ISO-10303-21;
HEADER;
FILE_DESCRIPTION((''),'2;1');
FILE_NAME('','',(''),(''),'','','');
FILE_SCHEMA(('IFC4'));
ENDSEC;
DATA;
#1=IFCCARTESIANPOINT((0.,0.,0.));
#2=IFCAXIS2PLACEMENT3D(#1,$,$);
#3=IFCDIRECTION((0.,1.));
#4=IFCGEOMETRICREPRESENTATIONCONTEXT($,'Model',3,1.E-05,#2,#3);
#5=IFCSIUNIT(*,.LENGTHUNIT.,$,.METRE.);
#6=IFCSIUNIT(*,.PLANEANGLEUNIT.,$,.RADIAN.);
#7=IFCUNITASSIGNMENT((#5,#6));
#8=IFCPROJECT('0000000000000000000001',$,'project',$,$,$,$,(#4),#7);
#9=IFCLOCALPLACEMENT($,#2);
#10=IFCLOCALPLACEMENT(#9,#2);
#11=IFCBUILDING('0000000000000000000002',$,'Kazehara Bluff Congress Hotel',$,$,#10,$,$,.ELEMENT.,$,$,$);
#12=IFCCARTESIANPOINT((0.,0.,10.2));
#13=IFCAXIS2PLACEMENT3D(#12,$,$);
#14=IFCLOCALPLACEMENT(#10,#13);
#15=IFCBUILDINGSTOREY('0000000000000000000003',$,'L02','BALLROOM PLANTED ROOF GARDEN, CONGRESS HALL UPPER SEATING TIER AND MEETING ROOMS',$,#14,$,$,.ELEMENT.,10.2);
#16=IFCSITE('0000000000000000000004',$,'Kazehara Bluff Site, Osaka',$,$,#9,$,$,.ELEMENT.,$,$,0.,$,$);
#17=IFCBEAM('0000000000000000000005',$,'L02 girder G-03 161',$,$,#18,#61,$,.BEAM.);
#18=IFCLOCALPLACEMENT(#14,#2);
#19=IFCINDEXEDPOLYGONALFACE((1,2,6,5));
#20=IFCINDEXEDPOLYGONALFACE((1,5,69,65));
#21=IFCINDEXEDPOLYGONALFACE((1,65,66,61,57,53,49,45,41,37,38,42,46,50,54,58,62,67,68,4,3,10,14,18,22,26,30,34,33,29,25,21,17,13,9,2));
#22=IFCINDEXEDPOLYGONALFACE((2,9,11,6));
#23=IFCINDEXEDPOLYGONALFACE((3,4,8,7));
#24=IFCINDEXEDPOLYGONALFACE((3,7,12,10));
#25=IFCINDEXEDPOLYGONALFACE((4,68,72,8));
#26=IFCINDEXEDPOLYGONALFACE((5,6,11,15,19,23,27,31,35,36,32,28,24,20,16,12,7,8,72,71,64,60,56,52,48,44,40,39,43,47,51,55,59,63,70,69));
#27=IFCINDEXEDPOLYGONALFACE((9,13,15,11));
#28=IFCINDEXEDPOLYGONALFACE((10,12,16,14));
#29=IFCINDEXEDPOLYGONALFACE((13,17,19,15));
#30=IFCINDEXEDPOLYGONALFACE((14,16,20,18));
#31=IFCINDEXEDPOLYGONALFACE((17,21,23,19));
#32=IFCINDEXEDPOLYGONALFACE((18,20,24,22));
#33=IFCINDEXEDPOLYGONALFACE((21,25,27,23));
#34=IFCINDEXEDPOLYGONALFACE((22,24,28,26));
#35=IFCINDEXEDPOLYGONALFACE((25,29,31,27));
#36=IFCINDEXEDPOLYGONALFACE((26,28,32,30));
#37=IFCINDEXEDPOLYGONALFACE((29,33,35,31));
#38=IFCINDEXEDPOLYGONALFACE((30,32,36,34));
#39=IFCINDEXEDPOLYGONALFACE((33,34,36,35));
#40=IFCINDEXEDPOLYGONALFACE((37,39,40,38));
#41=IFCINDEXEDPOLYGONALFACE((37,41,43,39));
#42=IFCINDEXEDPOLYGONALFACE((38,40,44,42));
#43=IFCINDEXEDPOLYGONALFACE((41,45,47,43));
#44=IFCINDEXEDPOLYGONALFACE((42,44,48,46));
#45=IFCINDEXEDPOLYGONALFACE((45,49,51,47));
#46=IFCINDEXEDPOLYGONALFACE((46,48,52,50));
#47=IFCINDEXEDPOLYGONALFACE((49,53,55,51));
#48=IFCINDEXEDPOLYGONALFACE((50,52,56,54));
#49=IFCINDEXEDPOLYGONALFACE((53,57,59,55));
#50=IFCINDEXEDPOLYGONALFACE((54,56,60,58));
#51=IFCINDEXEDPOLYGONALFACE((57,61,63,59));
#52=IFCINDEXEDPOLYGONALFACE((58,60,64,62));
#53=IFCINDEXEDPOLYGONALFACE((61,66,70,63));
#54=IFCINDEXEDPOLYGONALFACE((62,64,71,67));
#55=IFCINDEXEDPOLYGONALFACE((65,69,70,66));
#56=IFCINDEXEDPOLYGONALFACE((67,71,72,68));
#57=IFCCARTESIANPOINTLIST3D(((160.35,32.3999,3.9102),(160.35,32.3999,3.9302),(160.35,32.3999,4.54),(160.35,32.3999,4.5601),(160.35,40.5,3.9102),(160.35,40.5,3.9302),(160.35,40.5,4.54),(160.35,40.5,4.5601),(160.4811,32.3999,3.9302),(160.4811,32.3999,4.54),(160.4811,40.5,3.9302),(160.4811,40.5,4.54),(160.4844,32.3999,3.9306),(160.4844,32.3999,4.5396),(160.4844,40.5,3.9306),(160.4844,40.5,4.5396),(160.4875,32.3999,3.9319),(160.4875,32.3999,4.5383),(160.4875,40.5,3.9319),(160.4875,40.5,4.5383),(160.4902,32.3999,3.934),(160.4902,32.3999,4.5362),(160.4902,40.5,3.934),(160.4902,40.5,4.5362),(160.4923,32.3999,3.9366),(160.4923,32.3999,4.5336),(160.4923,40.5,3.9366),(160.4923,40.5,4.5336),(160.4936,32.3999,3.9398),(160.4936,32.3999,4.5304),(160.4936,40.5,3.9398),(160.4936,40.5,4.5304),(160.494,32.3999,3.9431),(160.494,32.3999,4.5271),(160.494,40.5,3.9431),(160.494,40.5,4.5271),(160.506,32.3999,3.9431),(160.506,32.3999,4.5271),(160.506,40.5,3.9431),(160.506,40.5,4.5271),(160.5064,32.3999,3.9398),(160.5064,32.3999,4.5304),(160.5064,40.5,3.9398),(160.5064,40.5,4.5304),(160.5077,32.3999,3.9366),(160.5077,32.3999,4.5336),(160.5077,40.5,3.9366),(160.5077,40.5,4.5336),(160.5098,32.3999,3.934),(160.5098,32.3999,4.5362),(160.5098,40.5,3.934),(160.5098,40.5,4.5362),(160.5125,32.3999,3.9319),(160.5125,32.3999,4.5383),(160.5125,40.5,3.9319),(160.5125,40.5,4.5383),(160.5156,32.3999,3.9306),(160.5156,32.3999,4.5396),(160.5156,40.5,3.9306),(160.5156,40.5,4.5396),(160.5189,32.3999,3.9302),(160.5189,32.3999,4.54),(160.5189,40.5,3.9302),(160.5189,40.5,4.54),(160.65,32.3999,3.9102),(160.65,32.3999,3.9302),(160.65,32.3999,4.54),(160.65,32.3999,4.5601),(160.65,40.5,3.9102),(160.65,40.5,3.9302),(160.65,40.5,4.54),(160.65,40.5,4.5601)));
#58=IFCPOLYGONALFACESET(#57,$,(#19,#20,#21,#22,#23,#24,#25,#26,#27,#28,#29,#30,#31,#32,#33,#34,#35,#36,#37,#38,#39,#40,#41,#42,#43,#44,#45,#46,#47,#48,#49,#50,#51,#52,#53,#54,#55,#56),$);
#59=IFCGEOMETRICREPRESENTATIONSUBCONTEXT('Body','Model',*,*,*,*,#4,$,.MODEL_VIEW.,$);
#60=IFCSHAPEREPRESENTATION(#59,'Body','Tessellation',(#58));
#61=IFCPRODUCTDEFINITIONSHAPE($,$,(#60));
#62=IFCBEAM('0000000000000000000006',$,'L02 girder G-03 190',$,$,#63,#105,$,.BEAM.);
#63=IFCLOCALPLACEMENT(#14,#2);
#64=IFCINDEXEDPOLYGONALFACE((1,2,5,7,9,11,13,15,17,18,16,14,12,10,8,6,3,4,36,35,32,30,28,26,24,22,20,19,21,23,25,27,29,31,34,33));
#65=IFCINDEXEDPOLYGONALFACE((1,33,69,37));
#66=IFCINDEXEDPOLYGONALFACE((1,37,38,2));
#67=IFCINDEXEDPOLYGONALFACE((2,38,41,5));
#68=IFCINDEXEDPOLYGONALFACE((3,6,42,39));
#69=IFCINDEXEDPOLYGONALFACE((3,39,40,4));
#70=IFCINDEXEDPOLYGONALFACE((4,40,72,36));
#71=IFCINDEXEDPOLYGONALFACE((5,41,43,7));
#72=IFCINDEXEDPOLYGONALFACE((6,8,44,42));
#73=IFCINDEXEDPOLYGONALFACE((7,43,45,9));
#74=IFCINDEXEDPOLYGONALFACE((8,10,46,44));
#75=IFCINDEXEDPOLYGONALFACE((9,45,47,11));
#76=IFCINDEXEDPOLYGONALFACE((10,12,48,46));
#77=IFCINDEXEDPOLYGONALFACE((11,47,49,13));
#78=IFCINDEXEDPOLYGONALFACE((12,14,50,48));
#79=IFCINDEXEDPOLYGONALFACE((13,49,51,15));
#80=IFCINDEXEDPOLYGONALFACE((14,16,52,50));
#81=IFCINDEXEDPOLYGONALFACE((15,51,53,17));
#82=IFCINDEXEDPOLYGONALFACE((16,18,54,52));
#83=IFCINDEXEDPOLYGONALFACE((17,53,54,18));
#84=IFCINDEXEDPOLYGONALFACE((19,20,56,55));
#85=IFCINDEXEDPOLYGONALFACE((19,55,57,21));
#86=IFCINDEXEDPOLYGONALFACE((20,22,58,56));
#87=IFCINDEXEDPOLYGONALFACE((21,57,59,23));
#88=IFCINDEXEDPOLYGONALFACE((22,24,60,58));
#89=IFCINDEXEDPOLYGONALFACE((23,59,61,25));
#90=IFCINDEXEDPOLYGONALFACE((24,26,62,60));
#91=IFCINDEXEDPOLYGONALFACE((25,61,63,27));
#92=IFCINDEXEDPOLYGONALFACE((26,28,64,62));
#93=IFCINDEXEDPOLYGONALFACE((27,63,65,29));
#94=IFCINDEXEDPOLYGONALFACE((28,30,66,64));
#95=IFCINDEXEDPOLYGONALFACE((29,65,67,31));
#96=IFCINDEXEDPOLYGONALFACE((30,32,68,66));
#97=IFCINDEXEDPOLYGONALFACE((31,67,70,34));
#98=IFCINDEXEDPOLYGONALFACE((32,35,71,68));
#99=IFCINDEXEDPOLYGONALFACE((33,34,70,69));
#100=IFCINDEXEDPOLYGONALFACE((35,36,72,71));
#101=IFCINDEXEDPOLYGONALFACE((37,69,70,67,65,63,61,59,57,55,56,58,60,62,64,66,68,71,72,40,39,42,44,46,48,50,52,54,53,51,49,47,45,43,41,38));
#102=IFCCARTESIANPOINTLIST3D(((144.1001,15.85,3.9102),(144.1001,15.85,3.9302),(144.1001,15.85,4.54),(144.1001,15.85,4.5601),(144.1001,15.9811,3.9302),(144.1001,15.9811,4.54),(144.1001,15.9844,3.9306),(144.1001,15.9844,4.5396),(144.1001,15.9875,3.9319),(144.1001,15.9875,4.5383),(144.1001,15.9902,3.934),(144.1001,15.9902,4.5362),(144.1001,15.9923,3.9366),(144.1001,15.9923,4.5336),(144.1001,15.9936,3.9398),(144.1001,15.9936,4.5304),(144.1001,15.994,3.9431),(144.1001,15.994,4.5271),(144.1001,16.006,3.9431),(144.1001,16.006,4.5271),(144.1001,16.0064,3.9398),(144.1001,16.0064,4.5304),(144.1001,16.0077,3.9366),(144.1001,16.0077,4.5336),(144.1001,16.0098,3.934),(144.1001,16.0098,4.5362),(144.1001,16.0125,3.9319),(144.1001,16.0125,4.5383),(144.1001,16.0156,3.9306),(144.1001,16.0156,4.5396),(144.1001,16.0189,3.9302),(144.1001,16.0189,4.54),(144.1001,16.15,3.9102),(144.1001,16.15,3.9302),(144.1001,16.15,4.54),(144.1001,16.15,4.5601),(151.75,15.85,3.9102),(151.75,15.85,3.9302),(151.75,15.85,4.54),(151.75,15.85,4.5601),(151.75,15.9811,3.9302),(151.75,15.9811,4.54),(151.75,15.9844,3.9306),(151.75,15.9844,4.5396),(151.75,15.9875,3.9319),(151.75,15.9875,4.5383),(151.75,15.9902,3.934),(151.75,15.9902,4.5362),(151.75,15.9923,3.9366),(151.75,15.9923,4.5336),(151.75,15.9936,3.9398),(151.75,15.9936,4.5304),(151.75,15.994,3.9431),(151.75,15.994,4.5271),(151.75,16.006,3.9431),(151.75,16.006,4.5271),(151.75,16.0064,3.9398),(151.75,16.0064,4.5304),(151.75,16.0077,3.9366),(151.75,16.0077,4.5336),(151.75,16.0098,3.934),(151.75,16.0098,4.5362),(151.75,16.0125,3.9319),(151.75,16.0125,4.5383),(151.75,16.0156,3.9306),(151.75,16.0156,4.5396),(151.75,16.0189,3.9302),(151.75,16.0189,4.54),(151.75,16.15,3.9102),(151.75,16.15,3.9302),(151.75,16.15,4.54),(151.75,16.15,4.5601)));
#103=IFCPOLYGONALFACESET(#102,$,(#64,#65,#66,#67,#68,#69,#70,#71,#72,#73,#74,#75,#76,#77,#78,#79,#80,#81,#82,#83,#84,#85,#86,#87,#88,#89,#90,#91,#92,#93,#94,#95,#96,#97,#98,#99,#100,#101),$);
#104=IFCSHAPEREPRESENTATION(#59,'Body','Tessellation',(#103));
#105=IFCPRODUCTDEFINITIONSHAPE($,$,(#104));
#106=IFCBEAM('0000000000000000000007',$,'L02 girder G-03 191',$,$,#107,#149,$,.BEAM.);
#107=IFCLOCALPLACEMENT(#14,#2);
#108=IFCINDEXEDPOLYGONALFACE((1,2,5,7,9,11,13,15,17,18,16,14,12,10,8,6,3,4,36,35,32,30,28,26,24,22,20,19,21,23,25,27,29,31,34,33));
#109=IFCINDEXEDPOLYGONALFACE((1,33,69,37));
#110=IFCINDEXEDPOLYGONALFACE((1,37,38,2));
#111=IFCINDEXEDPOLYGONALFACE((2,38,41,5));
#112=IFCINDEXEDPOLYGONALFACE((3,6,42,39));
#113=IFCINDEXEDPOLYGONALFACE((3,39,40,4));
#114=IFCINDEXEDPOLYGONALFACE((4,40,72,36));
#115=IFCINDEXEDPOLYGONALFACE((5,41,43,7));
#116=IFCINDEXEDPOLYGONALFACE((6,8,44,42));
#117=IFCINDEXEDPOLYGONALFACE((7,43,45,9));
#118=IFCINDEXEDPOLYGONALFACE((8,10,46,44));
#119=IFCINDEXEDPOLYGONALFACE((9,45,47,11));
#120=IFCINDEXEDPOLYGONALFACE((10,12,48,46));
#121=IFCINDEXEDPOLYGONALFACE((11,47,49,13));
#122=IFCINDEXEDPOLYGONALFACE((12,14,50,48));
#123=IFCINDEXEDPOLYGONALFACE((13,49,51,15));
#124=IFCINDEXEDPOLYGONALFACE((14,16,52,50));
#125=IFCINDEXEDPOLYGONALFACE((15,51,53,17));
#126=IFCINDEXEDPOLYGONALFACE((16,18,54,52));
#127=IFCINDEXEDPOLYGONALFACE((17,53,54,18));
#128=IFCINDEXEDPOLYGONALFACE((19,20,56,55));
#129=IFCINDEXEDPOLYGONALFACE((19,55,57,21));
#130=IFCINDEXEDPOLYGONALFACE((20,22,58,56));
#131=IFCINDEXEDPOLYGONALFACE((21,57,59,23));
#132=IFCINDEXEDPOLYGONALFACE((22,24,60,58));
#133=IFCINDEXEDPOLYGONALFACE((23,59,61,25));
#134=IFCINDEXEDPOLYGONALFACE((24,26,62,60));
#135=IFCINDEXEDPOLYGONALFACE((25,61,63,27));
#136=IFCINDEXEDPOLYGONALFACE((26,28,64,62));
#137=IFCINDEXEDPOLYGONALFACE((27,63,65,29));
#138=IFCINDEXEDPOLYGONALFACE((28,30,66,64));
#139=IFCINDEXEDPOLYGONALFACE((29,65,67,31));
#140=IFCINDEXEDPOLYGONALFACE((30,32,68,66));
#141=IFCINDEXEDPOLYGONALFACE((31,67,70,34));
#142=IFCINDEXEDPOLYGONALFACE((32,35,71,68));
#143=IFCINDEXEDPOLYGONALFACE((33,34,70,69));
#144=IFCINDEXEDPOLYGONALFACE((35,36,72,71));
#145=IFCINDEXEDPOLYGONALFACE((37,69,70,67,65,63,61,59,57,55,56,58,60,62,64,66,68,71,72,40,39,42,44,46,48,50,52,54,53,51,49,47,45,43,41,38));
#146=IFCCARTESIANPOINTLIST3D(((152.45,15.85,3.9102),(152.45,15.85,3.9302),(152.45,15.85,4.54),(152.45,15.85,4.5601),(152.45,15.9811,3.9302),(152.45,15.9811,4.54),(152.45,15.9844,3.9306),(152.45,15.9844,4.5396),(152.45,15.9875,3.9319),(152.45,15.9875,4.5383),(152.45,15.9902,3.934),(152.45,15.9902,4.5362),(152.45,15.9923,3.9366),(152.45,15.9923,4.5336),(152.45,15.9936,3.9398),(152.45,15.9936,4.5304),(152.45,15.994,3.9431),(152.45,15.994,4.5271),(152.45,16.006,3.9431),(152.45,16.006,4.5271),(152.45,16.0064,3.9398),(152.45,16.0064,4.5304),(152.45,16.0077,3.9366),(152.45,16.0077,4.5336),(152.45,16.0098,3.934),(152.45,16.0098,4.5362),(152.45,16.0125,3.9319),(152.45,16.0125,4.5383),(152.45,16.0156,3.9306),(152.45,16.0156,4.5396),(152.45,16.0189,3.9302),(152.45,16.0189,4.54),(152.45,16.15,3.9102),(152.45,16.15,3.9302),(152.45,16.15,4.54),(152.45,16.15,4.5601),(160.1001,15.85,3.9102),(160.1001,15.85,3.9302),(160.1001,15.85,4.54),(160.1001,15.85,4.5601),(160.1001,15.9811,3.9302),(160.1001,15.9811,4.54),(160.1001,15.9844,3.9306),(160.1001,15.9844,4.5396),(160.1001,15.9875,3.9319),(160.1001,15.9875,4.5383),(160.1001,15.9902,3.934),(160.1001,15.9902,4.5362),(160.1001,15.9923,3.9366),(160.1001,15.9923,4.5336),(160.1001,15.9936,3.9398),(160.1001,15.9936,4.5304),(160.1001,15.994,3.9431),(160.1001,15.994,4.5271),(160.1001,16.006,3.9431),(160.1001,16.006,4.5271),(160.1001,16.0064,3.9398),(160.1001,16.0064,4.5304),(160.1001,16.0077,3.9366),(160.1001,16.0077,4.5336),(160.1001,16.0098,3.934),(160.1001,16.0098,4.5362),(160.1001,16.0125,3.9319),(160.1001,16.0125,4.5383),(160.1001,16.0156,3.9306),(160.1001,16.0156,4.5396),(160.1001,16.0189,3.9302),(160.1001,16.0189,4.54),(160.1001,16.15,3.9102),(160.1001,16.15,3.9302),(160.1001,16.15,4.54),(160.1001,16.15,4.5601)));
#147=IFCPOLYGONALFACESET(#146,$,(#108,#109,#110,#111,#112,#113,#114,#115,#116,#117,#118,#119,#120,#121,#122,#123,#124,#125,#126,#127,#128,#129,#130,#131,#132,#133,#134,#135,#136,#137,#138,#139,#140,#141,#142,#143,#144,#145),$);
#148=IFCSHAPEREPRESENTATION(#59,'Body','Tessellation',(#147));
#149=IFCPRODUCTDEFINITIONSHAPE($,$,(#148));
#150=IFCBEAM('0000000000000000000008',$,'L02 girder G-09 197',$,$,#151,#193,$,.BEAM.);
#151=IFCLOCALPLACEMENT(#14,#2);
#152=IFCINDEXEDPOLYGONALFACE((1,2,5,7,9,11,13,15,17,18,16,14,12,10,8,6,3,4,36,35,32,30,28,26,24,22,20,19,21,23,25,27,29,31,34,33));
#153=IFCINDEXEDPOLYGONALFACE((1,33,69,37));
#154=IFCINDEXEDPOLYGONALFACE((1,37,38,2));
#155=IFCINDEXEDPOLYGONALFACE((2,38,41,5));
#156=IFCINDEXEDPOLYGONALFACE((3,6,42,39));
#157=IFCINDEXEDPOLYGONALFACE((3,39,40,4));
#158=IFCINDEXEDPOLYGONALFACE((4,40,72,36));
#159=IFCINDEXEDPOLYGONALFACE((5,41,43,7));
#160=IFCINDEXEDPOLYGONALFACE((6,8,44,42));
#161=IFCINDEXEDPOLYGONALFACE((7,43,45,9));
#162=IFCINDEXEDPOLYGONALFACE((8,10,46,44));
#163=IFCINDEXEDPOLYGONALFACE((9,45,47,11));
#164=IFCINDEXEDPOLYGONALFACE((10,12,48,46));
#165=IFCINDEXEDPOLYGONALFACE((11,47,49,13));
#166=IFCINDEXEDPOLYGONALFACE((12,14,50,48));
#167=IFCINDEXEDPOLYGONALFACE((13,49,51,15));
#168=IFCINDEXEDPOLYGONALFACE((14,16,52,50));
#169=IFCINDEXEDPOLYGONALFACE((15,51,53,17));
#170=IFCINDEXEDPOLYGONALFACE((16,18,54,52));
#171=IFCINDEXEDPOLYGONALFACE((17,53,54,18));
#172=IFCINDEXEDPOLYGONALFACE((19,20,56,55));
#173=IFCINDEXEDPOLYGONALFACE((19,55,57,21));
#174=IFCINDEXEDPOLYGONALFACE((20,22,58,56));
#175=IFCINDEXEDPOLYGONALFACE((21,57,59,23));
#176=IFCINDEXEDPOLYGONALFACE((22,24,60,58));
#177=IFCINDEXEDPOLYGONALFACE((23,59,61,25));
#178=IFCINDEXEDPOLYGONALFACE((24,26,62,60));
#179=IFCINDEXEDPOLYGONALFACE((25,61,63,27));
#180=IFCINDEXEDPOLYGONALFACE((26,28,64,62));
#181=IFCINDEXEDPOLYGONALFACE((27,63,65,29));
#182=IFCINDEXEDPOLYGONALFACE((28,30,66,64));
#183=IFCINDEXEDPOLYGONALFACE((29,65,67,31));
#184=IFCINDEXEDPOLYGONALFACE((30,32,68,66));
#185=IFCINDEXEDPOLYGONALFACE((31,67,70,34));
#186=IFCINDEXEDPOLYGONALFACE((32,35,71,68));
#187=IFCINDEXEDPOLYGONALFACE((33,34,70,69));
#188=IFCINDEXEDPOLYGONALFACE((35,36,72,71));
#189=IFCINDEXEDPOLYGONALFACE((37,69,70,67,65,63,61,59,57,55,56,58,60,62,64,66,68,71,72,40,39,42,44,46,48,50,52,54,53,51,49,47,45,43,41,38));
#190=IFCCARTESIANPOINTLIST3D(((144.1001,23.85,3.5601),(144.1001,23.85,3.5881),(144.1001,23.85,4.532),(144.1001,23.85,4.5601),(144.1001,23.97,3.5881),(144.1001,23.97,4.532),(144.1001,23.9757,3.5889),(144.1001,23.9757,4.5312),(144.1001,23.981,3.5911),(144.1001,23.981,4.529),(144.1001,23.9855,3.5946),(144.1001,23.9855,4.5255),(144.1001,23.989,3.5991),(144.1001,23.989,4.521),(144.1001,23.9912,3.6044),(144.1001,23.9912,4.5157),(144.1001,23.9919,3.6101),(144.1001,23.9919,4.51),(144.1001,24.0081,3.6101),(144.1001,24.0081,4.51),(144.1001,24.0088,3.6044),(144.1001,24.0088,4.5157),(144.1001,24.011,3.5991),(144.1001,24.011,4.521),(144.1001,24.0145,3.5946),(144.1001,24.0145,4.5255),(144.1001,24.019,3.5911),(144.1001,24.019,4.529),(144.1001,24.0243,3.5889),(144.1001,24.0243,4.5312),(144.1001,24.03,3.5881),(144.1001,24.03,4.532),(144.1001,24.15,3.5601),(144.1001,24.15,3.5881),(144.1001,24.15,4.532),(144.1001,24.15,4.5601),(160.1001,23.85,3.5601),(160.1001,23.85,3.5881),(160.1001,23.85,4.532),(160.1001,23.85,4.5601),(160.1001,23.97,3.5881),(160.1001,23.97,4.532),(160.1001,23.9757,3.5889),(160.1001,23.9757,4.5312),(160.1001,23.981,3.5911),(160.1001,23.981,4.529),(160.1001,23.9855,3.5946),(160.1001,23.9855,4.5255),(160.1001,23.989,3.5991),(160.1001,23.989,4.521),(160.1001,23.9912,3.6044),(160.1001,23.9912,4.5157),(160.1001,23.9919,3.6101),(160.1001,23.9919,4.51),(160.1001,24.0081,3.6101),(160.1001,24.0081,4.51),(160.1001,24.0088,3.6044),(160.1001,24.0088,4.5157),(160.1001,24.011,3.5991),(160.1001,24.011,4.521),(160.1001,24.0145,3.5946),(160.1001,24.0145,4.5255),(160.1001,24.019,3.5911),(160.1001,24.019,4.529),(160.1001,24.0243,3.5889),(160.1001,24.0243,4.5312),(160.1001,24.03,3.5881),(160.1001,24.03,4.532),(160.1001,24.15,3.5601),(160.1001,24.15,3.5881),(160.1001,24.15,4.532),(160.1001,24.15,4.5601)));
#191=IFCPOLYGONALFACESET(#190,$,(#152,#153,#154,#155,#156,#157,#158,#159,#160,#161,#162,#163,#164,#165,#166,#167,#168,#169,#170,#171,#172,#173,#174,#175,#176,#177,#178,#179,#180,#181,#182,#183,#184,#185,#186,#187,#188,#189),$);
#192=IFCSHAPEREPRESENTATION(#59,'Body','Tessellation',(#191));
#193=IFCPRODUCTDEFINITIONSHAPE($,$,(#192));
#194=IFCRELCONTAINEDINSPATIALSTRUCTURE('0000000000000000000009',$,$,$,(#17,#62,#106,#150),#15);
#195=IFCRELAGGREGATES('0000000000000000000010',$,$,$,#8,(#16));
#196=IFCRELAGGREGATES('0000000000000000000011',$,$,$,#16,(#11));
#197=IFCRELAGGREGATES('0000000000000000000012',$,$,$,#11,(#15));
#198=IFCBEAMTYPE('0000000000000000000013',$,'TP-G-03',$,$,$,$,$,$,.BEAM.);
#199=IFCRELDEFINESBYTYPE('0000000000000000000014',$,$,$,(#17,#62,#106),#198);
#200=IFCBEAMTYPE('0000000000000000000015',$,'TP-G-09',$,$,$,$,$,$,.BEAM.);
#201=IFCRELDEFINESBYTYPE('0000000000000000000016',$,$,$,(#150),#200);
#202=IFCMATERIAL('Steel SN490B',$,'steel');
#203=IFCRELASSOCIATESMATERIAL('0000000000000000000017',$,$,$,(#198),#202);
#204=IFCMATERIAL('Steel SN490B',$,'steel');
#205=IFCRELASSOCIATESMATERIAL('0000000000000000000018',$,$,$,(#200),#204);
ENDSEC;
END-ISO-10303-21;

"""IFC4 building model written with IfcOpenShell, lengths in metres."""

from ifc_helpers import new_model, si_unit, direction, frame, origin, origin_2d, place, context, subcontext, project, spatial, i_section, extrude, material, material_profile, profile_set, type_object, element, save


model = new_model("IFC4")

# Units and contexts
model_context = context("Model", 3, precision=1e-05, world=origin(), true_north=direction((0.0, 1.0)))
body_context = subcontext(model_context, "Body", "Model", "MODEL_VIEW")
ifc_project = project(units=[si_unit("LENGTHUNIT", "METRE"), si_unit("PLANEANGLEUNIT", "RADIAN")], contexts=[model_context])

# Site, building, storey
site_placement = place(None, origin())
site = spatial("IfcSite", under=ifc_project, at=site_placement, Name="Kazehara Bluff Site, Osaka", CompositionType="ELEMENT", RefElevation=0.0)
building_placement = place(site_placement, origin())
building = spatial("IfcBuilding", under=site, at=building_placement, Name="Kazehara Bluff Congress Hotel", CompositionType="ELEMENT")
storey_placement = place(building_placement, frame((0.0, 0.0, 10.2)))
storey = spatial("IfcBuildingStorey", under=building, at=storey_placement, Name="L02", Description="BALLROOM PLANTED ROOF GARDEN, CONGRESS HALL UPPER SEATING TIER AND MEETING ROOMS", CompositionType="ELEMENT", Elevation=10.2)

# Beams
ifc_material_1 = material(Name="Steel SN490B", Category="steel")
ifc_material_profile_1 = material_profile(ifc_material_1, i_section(OverallWidth=0.3, OverallDepth=0.6499, WebThickness=0.012, FlangeThickness=0.02, FilletRadius=0.0129, at=origin_2d()))
ifc_profile_set_1 = profile_set([ifc_material_profile_1], Name="Steel SN490B")
beam_type_1 = type_object("IfcBeamType", Name="TP-G-03", PredefinedType="BEAM", material=ifc_profile_set_1)
beam_1_placement = place(storey_placement, frame((160.5, 32.3999, 4.2351), z_axis=(0.0, 1.0, 0.0), x_axis=(-1.0, 0.0, 0.0)))
element("IfcBeam", 1, at=beam_1_placement, inside=storey, type_object=beam_type_1, Name="L02 girder G-03 161", PredefinedType="BEAM", context=body_context, shape_type="SweptSolid", body=[
    extrude(i_section(OverallWidth=0.3, OverallDepth=0.6499, WebThickness=0.012, FlangeThickness=0.02, FilletRadius=0.0129, at=origin_2d()), origin(), (0.0, 0.0, 1.0), 8.1001),
])
beam_2_placement = place(storey_placement, frame((144.1001, 16.0, 4.2351), z_axis=(1.0, 0.0, 0.0), x_axis=(0.0, 1.0, 0.0)))
element("IfcBeam", 2, at=beam_2_placement, inside=storey, type_object=beam_type_1, Name="L02 girder G-03 190", PredefinedType="BEAM", context=body_context, shape_type="SweptSolid", body=[
    extrude(i_section(OverallWidth=0.3, OverallDepth=0.6499, WebThickness=0.012, FlangeThickness=0.02, FilletRadius=0.0129, at=origin_2d()), origin(), (0.0, 0.0, 1.0), 7.6499),
])
beam_3_placement = place(storey_placement, frame((152.45, 16.0, 4.2351), z_axis=(1.0, 0.0, 0.0), x_axis=(0.0, 1.0, 0.0)))
element("IfcBeam", 3, at=beam_3_placement, inside=storey, type_object=beam_type_1, Name="L02 girder G-03 191", PredefinedType="BEAM", context=body_context, shape_type="SweptSolid", body=[
    extrude(i_section(OverallWidth=0.3, OverallDepth=0.6499, WebThickness=0.012, FlangeThickness=0.02, FilletRadius=0.0129, at=origin_2d()), origin(), (0.0, 0.0, 1.0), 7.6501),
])
ifc_material_2 = material(Name="Steel SN490B", Category="steel")
ifc_material_profile_2 = material_profile(ifc_material_2, i_section(OverallWidth=0.3, OverallDepth=1.0, WebThickness=0.0161, FlangeThickness=0.0281, FilletRadius=0.022, at=origin_2d()))
ifc_profile_set_2 = profile_set([ifc_material_profile_2], Name="Steel SN490B")
beam_type_2 = type_object("IfcBeamType", Name="TP-G-09", PredefinedType="BEAM", material=ifc_profile_set_2)
for number, where, z_axis, x_axis, name in (
    (4, (144.1001, 24.0, 4.0601), (1.0, 0.0, 0.0), (0.0, 1.0, 0.0), "L02 girder G-09 197"),
):
    element("IfcBeam", number, at=place(storey_placement, frame(where, z_axis=z_axis, x_axis=x_axis)), inside=storey, type_object=beam_type_2, Name=name, PredefinedType="BEAM", context=body_context, shape_type="SweptSolid", body=[
        extrude(i_section(OverallWidth=0.3, OverallDepth=1.0, WebThickness=0.0161, FlangeThickness=0.0281, FilletRadius=0.022, at=origin_2d()), origin(), (0.0, 0.0, 1.0), 16.0),
    ])

save(model, "model.ifc")
